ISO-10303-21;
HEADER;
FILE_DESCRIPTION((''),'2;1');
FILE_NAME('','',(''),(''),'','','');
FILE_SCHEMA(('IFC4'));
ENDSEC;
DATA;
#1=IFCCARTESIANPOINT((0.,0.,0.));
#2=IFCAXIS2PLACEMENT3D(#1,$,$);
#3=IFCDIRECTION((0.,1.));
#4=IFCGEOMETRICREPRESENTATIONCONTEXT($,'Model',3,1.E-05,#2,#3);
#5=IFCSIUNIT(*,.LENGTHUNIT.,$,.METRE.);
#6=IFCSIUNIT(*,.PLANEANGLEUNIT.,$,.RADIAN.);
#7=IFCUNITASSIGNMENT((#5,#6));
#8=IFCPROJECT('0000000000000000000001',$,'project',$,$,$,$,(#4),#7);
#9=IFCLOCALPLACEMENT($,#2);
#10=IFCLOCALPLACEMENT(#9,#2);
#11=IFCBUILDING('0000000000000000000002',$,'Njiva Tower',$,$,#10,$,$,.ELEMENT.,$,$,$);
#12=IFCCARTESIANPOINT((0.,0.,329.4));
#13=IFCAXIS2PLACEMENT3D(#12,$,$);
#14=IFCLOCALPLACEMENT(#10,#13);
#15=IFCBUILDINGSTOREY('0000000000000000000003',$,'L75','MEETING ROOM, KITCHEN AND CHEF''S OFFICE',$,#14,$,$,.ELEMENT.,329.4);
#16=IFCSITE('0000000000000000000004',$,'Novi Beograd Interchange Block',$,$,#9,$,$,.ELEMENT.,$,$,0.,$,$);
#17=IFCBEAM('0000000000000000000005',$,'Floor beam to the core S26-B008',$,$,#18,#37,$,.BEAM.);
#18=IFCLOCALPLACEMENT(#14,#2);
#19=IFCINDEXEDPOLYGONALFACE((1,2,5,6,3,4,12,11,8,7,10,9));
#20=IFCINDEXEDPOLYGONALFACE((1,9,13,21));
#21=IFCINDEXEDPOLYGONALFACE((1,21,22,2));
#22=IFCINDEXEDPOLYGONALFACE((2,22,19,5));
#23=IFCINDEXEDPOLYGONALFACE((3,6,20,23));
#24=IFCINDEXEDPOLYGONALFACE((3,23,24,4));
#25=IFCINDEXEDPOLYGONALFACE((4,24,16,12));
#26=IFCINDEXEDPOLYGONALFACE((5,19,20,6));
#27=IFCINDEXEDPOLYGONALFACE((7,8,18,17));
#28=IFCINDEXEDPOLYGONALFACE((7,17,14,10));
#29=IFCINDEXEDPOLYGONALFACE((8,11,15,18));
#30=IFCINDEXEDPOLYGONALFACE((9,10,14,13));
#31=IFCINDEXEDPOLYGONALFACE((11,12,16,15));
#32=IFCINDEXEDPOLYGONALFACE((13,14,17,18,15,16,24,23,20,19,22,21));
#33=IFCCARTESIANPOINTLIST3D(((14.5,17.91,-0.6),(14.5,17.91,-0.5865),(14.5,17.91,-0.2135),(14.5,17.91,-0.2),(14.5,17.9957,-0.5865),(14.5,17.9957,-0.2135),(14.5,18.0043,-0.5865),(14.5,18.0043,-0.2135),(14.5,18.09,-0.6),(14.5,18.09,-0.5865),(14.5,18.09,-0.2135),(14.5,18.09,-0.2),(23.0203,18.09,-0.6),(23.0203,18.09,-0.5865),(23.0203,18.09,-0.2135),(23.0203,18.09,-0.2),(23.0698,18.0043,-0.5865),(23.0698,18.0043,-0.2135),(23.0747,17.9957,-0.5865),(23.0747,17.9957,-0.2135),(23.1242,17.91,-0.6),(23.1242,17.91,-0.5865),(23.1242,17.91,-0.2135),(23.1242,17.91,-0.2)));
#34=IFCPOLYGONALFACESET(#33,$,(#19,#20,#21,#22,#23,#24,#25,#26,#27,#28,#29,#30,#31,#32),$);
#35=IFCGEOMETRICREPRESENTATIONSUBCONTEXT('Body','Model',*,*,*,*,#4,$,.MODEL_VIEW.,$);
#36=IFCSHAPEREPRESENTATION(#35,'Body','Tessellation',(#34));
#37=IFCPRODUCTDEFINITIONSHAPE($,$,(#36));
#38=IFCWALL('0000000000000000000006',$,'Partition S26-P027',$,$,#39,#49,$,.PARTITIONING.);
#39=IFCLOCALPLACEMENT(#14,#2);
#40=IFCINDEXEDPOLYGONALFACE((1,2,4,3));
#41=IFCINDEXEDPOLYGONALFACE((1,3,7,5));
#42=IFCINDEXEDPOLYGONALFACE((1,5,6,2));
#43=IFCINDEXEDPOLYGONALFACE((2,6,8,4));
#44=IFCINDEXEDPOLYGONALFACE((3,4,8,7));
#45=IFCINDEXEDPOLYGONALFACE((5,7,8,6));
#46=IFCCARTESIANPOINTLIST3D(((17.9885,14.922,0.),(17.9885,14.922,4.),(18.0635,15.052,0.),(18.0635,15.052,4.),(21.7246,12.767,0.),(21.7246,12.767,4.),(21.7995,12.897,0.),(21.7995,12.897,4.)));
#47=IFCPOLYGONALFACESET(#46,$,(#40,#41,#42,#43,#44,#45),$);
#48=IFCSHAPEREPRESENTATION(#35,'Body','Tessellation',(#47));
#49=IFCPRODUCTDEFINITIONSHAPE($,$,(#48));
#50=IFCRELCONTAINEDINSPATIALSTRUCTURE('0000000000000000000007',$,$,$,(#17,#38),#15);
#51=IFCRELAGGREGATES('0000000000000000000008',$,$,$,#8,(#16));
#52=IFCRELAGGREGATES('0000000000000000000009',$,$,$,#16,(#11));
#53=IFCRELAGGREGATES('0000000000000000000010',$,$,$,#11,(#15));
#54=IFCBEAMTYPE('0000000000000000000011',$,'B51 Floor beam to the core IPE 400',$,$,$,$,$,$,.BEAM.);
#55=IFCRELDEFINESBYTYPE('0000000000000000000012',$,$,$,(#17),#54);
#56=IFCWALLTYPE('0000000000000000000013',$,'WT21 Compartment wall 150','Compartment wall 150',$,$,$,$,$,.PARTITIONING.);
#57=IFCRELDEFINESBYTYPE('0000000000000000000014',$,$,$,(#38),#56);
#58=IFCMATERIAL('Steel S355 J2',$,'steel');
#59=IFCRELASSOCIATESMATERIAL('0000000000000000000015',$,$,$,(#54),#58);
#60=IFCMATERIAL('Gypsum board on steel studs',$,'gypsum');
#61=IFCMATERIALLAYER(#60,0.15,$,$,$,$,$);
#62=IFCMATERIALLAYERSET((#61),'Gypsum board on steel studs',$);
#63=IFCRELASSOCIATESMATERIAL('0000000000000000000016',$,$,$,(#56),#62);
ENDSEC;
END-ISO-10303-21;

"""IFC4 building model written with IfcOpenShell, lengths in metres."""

from ifc_helpers import new_model, si_unit, direction, frame, frame_2d, origin, origin_2d, place, context, subcontext, project, spatial, rectangle, i_section, extrude, clip, halfspace, material, layer, layer_set, material_profile, profile_set, type_object, element, save


model = new_model("IFC4")

# Units and contexts
model_context = context("Model", 3, precision=1e-05, world=origin(), true_north=direction((0.0, 1.0)))
body_context = subcontext(model_context, "Body", "Model", "MODEL_VIEW")
ifc_project = project(units=[si_unit("LENGTHUNIT", "METRE"), si_unit("PLANEANGLEUNIT", "RADIAN")], contexts=[model_context])

# Site, building, storey
site_placement = place(None, origin())
site = spatial("IfcSite", under=ifc_project, at=site_placement, Name="Novi Beograd Interchange Block", CompositionType="ELEMENT", RefElevation=0.0)
building_placement = place(site_placement, origin())
building = spatial("IfcBuilding", under=site, at=building_placement, Name="Njiva Tower", CompositionType="ELEMENT")
storey_placement = place(building_placement, frame((0.0, 0.0, 329.4)))
storey = spatial("IfcBuildingStorey", under=building, at=storey_placement, Name="L75", Description="MEETING ROOM, KITCHEN AND CHEF'S OFFICE", CompositionType="ELEMENT", Elevation=329.4)

# Shared definitions
ifc_material_1 = material(Name="Steel S355 J2", Category="steel")

# Beam
ifc_material_profile_1 = material_profile(ifc_material_1, i_section(OverallWidth=0.18, OverallDepth=0.4, WebThickness=0.0086, FlangeThickness=0.0135, at=origin_2d()), Name="IPE 400")
ifc_profile_set_1 = profile_set([ifc_material_profile_1], Name="Steel S355 J2")
beam_type_1 = type_object("IfcBeamType", Name="B51 Floor beam to the core IPE 400", PredefinedType="BEAM", material=ifc_profile_set_1)
beam_1_placement = place(storey_placement, frame((14.5, 18.0, -0.4), z_axis=(1.0, 0.0, 0.0), x_axis=(0.0, 1.0, 0.0)))
element("IfcBeam", 1, at=beam_1_placement, inside=storey, type_object=beam_type_1, Name="Floor beam to the core S26-B008", PredefinedType="BEAM", context=body_context, shape_type="Clipping", body=[
    clip(extrude(i_section(OverallWidth=0.18, OverallDepth=0.4, WebThickness=0.0086, FlangeThickness=0.0135, at=origin_2d()), origin(), (0.0, 0.0, 1.0), 8.644), halfspace(frame((0.025, 0.0, 8.5578), z_axis=(0.499998, 0.0, 0.866027), x_axis=(0.0, 1.0, 0.0)), False)),
])

# Wall
ifc_material_2 = material(Name="Gypsum board on steel studs", Category="gypsum")
ifc_layer_1 = layer(ifc_material_2, 0.15)
ifc_layer_set_1 = layer_set([ifc_layer_1], Name="Gypsum board on steel studs")
wall_type_1 = type_object("IfcWallType", Name="WT21 Compartment wall 150", Description="Compartment wall 150", PredefinedType="PARTITIONING", material=ifc_layer_set_1)
wall_1_placement = place(storey_placement, frame((18.026, 14.987, 0.0), z_axis=(0.0, 0.0, 1.0), x_axis=(0.866224, -0.499656, 0.0)))
element("IfcWall", 2, at=wall_1_placement, inside=storey, type_object=wall_type_1, Name="Partition S26-P027", PredefinedType="PARTITIONING", context=body_context, shape_type="SweptSolid", body=[
    extrude(rectangle(XDim=4.313, YDim=0.15, at=frame_2d((2.1565, 0.0))), origin(), (0.0, 0.0, 1.0), 4.0),
])

save(model, "model.ifc")
